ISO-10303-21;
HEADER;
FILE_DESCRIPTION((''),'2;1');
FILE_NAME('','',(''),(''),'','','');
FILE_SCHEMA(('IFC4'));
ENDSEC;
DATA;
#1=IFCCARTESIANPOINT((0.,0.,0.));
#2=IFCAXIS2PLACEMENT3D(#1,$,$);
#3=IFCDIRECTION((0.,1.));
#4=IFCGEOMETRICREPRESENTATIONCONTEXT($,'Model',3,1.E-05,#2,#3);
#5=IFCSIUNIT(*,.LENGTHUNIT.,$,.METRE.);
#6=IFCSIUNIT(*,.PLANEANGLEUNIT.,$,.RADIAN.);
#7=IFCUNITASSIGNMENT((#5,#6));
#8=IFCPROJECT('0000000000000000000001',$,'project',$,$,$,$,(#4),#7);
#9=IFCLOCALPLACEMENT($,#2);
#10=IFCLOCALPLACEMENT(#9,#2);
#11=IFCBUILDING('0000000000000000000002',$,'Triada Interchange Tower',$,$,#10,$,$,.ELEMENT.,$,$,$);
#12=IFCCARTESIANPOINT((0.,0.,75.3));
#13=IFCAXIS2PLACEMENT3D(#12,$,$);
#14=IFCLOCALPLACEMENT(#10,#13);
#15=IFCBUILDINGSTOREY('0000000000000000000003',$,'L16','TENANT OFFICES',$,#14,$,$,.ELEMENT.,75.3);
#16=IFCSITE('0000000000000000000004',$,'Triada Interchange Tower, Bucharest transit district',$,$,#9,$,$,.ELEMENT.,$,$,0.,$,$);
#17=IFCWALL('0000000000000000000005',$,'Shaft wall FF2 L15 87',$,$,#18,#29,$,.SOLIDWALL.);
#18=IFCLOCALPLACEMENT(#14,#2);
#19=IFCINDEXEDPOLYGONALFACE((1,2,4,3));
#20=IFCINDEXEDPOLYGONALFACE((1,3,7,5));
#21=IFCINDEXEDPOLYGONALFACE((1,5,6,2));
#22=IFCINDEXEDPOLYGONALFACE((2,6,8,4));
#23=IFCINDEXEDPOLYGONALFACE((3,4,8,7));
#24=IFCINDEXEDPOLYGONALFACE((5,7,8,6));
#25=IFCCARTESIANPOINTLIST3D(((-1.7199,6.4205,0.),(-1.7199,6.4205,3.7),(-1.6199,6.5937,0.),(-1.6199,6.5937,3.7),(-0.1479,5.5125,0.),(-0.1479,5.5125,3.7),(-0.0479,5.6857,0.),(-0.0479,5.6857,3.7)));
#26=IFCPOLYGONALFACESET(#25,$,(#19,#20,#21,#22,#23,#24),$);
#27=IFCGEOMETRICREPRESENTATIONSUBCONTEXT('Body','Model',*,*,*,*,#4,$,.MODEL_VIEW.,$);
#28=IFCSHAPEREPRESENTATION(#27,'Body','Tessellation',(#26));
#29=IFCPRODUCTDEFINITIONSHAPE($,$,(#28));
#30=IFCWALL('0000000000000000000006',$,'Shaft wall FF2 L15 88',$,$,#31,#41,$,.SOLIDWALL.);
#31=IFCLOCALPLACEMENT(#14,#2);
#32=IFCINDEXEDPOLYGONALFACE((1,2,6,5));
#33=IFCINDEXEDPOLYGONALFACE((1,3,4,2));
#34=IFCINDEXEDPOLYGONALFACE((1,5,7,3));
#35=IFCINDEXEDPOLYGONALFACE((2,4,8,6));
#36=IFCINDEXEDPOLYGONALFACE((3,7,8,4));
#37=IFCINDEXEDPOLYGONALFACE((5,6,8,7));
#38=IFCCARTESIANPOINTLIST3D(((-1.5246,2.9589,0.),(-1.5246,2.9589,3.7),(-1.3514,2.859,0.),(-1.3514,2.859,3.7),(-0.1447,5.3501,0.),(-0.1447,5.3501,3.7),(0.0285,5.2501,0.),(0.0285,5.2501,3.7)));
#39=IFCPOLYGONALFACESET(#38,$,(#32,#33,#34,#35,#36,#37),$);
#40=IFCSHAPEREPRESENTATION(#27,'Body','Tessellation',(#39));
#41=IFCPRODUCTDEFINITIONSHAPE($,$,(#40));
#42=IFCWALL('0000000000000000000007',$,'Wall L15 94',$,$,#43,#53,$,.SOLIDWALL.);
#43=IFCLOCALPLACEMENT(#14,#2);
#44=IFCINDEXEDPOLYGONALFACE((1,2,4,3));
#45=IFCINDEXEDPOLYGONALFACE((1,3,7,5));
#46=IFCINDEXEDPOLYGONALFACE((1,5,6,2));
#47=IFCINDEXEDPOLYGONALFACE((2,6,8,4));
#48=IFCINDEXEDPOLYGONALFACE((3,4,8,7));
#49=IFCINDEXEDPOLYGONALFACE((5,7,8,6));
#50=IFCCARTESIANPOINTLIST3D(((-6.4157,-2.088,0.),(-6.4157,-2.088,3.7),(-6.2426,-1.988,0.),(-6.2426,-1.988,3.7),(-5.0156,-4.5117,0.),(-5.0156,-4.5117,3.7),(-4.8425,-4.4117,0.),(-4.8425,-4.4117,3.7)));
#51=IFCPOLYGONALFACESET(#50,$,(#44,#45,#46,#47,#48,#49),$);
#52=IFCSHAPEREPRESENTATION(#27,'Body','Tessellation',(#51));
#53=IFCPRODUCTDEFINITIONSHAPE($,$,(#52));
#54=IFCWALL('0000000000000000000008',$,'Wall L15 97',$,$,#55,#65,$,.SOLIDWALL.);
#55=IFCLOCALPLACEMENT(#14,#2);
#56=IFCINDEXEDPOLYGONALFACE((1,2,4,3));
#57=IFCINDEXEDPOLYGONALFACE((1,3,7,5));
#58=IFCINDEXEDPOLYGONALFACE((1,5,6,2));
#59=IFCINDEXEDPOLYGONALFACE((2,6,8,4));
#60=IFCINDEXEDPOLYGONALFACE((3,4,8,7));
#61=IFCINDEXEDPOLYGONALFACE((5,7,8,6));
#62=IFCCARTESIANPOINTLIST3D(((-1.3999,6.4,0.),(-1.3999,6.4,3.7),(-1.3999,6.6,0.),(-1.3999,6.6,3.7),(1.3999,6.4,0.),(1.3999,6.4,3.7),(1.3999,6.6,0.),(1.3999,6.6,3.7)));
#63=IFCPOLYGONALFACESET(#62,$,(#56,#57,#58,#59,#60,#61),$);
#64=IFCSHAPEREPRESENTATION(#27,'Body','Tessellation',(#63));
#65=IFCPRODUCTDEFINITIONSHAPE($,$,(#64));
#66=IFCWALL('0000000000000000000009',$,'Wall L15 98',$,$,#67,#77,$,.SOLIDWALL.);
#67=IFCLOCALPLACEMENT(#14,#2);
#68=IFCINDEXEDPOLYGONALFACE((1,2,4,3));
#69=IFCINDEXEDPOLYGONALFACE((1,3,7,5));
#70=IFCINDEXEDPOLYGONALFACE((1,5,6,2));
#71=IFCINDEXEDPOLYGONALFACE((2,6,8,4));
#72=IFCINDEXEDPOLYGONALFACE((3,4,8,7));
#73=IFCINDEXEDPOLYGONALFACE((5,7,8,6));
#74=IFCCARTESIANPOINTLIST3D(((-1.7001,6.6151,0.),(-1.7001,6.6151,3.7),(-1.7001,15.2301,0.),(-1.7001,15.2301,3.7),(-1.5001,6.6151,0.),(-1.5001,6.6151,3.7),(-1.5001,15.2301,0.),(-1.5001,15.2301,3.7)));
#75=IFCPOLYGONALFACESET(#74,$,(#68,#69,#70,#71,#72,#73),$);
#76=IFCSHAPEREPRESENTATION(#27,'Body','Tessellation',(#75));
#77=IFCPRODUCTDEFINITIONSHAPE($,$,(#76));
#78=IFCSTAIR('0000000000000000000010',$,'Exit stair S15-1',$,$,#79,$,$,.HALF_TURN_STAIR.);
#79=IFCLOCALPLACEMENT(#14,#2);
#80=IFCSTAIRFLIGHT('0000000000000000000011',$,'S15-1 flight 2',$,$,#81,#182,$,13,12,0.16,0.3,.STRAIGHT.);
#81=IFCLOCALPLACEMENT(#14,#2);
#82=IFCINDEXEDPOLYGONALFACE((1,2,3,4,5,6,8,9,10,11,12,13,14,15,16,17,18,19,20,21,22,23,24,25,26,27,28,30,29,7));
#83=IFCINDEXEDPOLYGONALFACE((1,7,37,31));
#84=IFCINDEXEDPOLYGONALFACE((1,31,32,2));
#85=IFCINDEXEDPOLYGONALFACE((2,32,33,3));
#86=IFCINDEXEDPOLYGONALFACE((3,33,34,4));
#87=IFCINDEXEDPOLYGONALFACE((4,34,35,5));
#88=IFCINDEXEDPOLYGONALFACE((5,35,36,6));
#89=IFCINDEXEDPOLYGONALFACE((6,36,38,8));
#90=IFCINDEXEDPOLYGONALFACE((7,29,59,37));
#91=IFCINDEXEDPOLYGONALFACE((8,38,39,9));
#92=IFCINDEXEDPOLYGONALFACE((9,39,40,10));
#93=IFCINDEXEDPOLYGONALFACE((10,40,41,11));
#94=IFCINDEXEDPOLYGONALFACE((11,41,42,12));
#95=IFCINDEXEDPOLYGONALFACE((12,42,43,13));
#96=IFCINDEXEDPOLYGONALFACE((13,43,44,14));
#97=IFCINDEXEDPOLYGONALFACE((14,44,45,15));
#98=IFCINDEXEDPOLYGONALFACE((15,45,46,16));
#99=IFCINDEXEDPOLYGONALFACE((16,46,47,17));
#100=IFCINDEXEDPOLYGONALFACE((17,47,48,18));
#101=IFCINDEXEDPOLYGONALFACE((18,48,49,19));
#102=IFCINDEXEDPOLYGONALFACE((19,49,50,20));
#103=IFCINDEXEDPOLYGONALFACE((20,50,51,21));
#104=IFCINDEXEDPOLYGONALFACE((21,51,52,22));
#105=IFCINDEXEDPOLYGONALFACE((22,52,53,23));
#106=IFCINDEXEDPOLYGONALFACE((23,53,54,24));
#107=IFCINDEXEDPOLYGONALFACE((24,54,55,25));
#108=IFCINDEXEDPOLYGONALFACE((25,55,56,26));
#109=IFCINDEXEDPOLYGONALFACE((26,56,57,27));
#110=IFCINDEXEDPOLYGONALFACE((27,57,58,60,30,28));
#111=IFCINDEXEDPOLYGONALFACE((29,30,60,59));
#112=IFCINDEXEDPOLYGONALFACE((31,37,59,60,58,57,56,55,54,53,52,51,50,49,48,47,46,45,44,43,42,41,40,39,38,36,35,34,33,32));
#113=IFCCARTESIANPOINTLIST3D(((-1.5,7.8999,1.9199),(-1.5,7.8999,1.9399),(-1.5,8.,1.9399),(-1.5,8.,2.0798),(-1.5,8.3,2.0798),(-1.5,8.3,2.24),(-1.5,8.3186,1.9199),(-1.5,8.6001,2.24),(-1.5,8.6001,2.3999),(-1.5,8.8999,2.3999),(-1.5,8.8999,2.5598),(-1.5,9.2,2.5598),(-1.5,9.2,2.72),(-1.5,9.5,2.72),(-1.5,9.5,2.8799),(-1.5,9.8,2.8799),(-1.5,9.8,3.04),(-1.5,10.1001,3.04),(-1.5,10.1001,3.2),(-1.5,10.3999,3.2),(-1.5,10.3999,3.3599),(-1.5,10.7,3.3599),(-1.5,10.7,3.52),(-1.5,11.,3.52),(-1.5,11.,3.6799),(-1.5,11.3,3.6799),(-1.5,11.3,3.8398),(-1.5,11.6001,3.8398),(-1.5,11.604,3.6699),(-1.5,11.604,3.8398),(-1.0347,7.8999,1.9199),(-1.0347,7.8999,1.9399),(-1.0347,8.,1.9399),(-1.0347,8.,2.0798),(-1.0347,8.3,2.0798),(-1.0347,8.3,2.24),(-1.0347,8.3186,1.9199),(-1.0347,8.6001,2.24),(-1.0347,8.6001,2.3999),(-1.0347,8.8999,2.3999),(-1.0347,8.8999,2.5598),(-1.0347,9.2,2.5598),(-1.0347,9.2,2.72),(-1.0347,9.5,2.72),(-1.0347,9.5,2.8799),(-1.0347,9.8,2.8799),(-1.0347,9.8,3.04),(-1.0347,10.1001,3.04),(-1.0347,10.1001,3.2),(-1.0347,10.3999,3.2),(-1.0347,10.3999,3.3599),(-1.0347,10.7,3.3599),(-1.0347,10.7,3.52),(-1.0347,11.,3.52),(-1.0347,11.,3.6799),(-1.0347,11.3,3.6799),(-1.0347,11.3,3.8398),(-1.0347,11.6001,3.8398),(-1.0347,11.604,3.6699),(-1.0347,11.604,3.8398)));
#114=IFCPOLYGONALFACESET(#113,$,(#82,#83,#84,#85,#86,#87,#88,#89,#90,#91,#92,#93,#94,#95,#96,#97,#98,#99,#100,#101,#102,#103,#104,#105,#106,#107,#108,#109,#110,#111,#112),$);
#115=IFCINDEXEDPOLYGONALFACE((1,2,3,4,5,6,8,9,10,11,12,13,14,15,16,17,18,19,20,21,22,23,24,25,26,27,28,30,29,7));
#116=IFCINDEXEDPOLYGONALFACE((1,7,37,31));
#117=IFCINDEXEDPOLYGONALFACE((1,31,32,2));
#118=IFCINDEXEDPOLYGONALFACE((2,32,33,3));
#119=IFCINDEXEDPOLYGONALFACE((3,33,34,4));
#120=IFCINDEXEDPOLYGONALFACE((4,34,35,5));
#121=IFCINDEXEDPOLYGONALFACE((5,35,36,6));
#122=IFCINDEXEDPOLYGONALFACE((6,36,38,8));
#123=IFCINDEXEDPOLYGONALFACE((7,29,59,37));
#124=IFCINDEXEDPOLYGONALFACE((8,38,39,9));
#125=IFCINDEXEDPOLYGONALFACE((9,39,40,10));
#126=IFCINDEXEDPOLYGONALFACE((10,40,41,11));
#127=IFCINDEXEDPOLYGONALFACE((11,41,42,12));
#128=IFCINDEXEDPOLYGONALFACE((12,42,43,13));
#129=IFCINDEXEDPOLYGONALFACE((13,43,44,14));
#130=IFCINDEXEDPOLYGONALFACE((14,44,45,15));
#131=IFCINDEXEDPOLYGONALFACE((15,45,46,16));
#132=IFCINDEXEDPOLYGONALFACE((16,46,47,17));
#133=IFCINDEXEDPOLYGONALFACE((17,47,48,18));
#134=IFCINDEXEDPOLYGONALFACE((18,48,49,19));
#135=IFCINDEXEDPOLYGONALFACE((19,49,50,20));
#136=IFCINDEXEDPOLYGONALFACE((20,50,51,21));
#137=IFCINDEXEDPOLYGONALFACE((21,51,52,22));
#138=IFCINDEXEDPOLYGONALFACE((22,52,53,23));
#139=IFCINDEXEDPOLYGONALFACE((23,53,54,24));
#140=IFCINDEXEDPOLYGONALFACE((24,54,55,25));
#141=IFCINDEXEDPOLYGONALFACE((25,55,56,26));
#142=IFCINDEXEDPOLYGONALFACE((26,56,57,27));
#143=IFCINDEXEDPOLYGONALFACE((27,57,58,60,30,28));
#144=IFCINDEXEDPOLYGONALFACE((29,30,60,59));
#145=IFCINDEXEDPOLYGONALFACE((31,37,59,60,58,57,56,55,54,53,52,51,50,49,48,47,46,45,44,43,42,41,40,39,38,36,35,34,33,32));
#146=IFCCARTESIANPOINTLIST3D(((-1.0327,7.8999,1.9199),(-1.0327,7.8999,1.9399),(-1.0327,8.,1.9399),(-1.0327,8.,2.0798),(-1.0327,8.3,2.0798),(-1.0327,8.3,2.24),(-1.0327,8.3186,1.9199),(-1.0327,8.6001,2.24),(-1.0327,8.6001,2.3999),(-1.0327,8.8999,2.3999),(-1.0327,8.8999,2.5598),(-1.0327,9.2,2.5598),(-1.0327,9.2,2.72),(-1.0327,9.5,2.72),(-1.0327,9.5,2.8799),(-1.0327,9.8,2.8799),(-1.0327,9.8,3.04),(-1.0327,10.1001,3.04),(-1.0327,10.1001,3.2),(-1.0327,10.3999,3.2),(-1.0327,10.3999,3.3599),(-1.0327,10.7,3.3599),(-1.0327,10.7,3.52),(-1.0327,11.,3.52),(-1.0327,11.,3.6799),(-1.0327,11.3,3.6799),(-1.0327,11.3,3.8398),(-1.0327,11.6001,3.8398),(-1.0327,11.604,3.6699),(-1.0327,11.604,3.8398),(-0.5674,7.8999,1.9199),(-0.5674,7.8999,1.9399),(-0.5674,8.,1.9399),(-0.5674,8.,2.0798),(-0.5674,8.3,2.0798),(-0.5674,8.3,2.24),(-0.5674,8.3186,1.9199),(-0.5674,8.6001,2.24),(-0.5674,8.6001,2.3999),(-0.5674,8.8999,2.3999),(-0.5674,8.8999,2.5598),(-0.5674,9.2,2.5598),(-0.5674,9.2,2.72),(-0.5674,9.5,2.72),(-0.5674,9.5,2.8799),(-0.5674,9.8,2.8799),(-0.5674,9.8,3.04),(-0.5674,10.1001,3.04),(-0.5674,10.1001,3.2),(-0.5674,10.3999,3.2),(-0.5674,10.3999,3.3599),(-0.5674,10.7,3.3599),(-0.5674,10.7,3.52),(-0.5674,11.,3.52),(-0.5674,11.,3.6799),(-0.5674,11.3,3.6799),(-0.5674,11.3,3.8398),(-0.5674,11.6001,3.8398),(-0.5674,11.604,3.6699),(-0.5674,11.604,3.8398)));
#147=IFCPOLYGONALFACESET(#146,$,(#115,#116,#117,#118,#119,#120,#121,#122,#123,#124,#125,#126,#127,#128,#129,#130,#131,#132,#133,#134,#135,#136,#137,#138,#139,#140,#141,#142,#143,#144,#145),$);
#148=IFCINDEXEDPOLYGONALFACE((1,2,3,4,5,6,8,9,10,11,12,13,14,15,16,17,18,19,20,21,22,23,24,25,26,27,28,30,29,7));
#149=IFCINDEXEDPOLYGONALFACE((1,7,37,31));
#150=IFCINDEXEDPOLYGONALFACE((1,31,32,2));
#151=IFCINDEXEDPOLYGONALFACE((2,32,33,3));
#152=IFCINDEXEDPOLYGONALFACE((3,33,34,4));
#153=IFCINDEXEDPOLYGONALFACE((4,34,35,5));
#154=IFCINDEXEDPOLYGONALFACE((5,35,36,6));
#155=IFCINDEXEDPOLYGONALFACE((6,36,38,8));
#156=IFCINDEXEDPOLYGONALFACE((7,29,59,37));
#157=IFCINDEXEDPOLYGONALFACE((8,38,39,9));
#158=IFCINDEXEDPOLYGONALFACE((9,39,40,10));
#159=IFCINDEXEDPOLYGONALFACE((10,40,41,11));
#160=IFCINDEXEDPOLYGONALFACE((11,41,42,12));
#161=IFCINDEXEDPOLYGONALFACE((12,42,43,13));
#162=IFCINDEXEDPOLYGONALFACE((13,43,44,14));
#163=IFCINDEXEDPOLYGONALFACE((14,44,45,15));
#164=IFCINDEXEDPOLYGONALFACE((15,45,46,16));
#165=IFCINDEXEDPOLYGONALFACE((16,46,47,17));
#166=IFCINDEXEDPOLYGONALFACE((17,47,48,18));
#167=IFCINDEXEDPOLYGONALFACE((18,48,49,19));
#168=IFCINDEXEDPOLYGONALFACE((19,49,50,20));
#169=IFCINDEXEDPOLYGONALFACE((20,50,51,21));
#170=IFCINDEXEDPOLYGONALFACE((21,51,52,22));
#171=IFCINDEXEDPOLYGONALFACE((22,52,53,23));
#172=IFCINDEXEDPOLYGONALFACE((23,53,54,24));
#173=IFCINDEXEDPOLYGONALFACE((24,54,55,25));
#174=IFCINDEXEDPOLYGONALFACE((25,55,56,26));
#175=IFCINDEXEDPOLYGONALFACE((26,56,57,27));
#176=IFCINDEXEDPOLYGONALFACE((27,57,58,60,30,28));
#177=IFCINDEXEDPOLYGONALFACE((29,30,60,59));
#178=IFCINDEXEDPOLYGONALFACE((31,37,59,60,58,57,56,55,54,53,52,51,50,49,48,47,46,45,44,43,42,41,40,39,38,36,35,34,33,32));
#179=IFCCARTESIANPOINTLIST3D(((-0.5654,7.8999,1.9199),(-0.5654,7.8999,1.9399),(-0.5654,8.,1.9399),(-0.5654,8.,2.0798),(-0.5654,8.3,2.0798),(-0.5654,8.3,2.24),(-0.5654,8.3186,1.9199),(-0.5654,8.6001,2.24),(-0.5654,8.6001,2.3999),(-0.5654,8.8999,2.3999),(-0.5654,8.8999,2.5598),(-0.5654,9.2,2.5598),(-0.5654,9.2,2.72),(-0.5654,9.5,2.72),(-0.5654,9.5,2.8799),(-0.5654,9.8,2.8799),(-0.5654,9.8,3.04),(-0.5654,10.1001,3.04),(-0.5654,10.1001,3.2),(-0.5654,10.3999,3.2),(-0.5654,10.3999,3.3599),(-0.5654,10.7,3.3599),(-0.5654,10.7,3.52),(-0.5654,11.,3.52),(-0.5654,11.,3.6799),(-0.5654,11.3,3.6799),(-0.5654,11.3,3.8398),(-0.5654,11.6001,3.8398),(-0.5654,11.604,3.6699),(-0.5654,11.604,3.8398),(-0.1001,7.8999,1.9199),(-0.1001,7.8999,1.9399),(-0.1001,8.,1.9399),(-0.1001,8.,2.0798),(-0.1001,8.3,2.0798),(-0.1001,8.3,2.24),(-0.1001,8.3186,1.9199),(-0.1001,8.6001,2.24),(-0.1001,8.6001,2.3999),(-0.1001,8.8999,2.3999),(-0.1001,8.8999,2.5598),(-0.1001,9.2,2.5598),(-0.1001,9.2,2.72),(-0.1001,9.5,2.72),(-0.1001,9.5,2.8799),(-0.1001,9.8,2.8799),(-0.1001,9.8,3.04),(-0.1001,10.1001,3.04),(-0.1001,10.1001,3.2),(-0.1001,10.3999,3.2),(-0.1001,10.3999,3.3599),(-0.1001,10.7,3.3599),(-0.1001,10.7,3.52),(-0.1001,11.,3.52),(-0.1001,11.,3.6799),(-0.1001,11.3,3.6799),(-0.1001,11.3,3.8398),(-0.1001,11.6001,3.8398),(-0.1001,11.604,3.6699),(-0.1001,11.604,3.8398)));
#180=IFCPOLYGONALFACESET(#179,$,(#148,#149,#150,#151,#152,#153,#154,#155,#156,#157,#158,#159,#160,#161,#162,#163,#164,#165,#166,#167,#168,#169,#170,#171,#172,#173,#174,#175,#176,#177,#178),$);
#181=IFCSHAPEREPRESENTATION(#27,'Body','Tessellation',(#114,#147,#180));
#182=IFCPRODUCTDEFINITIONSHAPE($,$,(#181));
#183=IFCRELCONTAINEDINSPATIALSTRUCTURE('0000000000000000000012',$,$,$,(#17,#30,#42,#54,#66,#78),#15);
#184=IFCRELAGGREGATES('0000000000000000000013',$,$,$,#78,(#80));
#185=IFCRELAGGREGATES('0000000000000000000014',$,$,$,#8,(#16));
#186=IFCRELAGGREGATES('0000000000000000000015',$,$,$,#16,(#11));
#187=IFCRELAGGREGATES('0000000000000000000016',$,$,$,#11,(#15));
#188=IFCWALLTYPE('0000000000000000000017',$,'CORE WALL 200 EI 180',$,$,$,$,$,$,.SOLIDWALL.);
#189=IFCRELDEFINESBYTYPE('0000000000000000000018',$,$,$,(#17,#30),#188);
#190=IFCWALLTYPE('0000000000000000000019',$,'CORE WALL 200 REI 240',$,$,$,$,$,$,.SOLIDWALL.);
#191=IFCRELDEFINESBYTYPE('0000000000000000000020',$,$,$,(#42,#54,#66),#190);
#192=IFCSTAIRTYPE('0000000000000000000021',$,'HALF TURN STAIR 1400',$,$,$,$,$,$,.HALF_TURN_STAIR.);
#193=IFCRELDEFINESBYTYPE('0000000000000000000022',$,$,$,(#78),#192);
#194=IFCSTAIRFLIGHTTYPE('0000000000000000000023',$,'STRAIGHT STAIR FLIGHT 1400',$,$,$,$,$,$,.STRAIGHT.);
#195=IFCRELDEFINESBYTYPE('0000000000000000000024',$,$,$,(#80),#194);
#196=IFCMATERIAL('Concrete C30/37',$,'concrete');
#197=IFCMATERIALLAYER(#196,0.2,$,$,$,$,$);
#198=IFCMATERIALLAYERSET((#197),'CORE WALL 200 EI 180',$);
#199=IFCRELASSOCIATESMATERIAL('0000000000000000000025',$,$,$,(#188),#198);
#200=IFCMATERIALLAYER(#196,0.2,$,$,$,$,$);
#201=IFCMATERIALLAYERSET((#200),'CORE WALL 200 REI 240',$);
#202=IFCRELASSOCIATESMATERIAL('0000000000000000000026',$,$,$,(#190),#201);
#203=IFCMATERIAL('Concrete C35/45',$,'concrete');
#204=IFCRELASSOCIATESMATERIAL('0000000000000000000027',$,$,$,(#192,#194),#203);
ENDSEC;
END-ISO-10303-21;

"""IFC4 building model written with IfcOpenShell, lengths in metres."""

from ifc_helpers import new_model, si_unit, direction, frame, frame_2d, origin, place, context, subcontext, project, spatial, polyline, rectangle, outline, extrude, material, layer, layer_set, type_object, element, aggregate, save


model = new_model("IFC4")

# Units and contexts
model_context = context("Model", 3, precision=1e-05, world=origin(), true_north=direction((0.0, 1.0)))
body_context = subcontext(model_context, "Body", "Model", "MODEL_VIEW")
ifc_project = project(units=[si_unit("LENGTHUNIT", "METRE"), si_unit("PLANEANGLEUNIT", "RADIAN")], contexts=[model_context])

# Site, building, storey
site_placement = place(None, origin())
site = spatial("IfcSite", under=ifc_project, at=site_placement, Name="Triada Interchange Tower, Bucharest transit district", CompositionType="ELEMENT", RefElevation=0.0)
building_placement = place(site_placement, origin())
building = spatial("IfcBuilding", under=site, at=building_placement, Name="Triada Interchange Tower", CompositionType="ELEMENT")
storey_placement = place(building_placement, frame((0.0, 0.0, 75.3)))
storey = spatial("IfcBuildingStorey", under=building, at=storey_placement, Name="L16", Description="TENANT OFFICES", CompositionType="ELEMENT", Elevation=75.3)

# Shared definitions
ifc_material_1 = material(Name="Concrete C30/37", Category="concrete")
ifc_layer_1 = layer(ifc_material_1, 0.2)
ifc_layer_set_1 = layer_set([ifc_layer_1], Name="CORE WALL 200 EI 180")
wall_type_1 = type_object("IfcWallType", Name="CORE WALL 200 EI 180", PredefinedType="SOLIDWALL", material=ifc_layer_set_1)

# Walls
wall_1_placement = place(storey_placement, frame((-1.6699, 6.5071, 0.0), z_axis=(0.0, 0.0, 1.0), x_axis=(0.865941, -0.500145, 0.0)))
element("IfcWall", 1, at=wall_1_placement, inside=storey, type_object=wall_type_1, Name="Shaft wall FF2 L15 87", PredefinedType="SOLIDWALL", context=body_context, shape_type="SweptSolid", body=[
    extrude(rectangle(XDim=1.8154, YDim=0.2, at=frame_2d((0.9077, 0.0))), origin(), (0.0, 0.0, 1.0), 3.7),
])
wall_2_placement = place(storey_placement, frame((-1.438, 2.9089, 0.0), z_axis=(0.0, 0.0, 1.0), x_axis=(0.49983, 0.866124, 0.0)))
element("IfcWall", 2, at=wall_2_placement, inside=storey, type_object=wall_type_1, Name="Shaft wall FF2 L15 88", PredefinedType="SOLIDWALL", context=body_context, shape_type="SweptSolid", body=[
    extrude(rectangle(XDim=2.7607, YDim=0.2, at=frame_2d((1.3804, 0.0))), origin(), (0.0, 0.0, 1.0), 3.7),
])
ifc_layer_2 = layer(ifc_material_1, 0.2)
ifc_layer_set_2 = layer_set([ifc_layer_2], Name="CORE WALL 200 REI 240")
wall_type_2 = type_object("IfcWallType", Name="CORE WALL 200 REI 240", PredefinedType="SOLIDWALL", material=ifc_layer_set_2)
wall_3_placement = place(storey_placement, frame((-6.3291, -2.0381, 0.0), z_axis=(0.0, 0.0, 1.0), x_axis=(0.500201, -0.86591, 0.0)))
element("IfcWall", 3, at=wall_3_placement, inside=storey, type_object=wall_type_2, Name="Wall L15 94", PredefinedType="SOLIDWALL", context=body_context, shape_type="SweptSolid", body=[
    extrude(rectangle(XDim=2.7991, YDim=0.2, at=frame_2d((1.3994, 0.0))), origin(), (0.0, 0.0, 1.0), 3.7),
])
wall_4_placement = place(storey_placement, frame((-1.3999, 6.5, 0.0), z_axis=(0.0, 0.0, 1.0), x_axis=(1.0, 0.0, 0.0)))
element("IfcWall", 4, at=wall_4_placement, inside=storey, type_object=wall_type_2, Name="Wall L15 97", PredefinedType="SOLIDWALL", context=body_context, shape_type="SweptSolid", body=[
    extrude(rectangle(XDim=2.7998, YDim=0.2, at=frame_2d((1.3999, 0.0))), origin(), (0.0, 0.0, 1.0), 3.7),
])
wall_5_placement = place(storey_placement, frame((-1.6001, 6.615, 0.0), z_axis=(0.0, 0.0, 1.0), x_axis=(0.0, 1.0, 0.0)))
element("IfcWall", 5, at=wall_5_placement, inside=storey, type_object=wall_type_2, Name="Wall L15 98", PredefinedType="SOLIDWALL", context=body_context, shape_type="SweptSolid", body=[
    extrude(rectangle(XDim=8.615, YDim=0.2, at=frame_2d((4.3076, 0.0))), origin(), (0.0, 0.0, 1.0), 3.7),
])

# Stair, stair flight
ifc_material_2 = material(Name="Concrete C35/45", Category="concrete")
stair_type = type_object("IfcStairType", Name="HALF TURN STAIR 1400", PredefinedType="HALF_TURN_STAIR", material=ifc_material_2)
stair_placement = place(storey_placement, origin())
stair = element("IfcStair", 6, at=stair_placement, inside=storey, type_object=stair_type, Name="Exit stair S15-1", PredefinedType="HALF_TURN_STAIR")
stair_flight_type = type_object("IfcStairFlightType", Name="STRAIGHT STAIR FLIGHT 1400", PredefinedType="STRAIGHT", material=ifc_material_2)
stair_flight_placement = place(storey_placement, frame((-0.8, 8.0, 1.9199), z_axis=(0.0, 0.0, 1.0), x_axis=(0.0, 1.0, 0.0)))
stair_flight = element("IfcStairFlight", 7, at=stair_flight_placement, type_object=stair_flight_type, Name="S15-1 flight 2", NumberOfRisers=13, NumberOfTreads=12, PredefinedType="STRAIGHT", RiserHeight=0.16, TreadLength=0.3, context=body_context, shape_type="SweptSolid", body=[
    extrude(outline(polyline([(-0.1001, 0.0), (-0.1001, 0.02), (0.0, 0.02), (0.0, 0.1599), (0.3, 0.1599), (0.3, 0.3201), (0.6001, 0.3201), (0.6001, 0.48), (0.8999, 0.48), (0.8999, 0.6399), (1.2, 0.6399), (1.2, 0.8), (1.5, 0.8), (1.5, 0.96), (1.8, 0.96), (1.8, 1.1201), (2.1001, 1.1201), (2.1001, 1.28), (2.3999, 1.28), (2.3999, 1.4399), (2.7, 1.4399), (2.7, 1.6001), (3.0, 1.6001), (3.0, 1.76), (3.3, 1.76), (3.3, 1.9199), (3.6001, 1.9199), (3.604, 1.9199), (3.604, 2.0801), (3.604, 1.75), (0.3186, 0.0), (-0.1001, 0.0)])), frame((0.0, 0.7, 0.0), z_axis=(0.0, -1.0, 0.0), x_axis=(1.0, 0.0, 0.0)), (0.0, 0.0, 1.0), 0.4653),
    extrude(outline(polyline([(-0.1001, 0.0), (-0.1001, 0.02), (0.0, 0.02), (0.0, 0.1599), (0.3, 0.1599), (0.3, 0.3201), (0.6001, 0.3201), (0.6001, 0.48), (0.8999, 0.48), (0.8999, 0.6399), (1.2, 0.6399), (1.2, 0.8), (1.5, 0.8), (1.5, 0.96), (1.8, 0.96), (1.8, 1.1201), (2.1001, 1.1201), (2.1001, 1.28), (2.3999, 1.28), (2.3999, 1.4399), (2.7, 1.4399), (2.7, 1.6001), (3.0, 1.6001), (3.0, 1.76), (3.3, 1.76), (3.3, 1.9199), (3.6001, 1.9199), (3.604, 1.9199), (3.604, 2.0801), (3.604, 1.75), (0.3186, 0.0), (-0.1001, 0.0)])), frame((0.0, 0.2327, 0.0), z_axis=(0.0, -1.0, 0.0), x_axis=(1.0, 0.0, 0.0)), (0.0, 0.0, 1.0), 0.4653),
    extrude(outline(polyline([(-0.1001, 0.0), (-0.1001, 0.02), (0.0, 0.02), (0.0, 0.1599), (0.3, 0.1599), (0.3, 0.3201), (0.6001, 0.3201), (0.6001, 0.48), (0.8999, 0.48), (0.8999, 0.6399), (1.2, 0.6399), (1.2, 0.8), (1.5, 0.8), (1.5, 0.96), (1.8, 0.96), (1.8, 1.1201), (2.1001, 1.1201), (2.1001, 1.28), (2.3999, 1.28), (2.3999, 1.4399), (2.7, 1.4399), (2.7, 1.6001), (3.0, 1.6001), (3.0, 1.76), (3.3, 1.76), (3.3, 1.9199), (3.6001, 1.9199), (3.604, 1.9199), (3.604, 2.0801), (3.604, 1.75), (0.3186, 0.0), (-0.1001, 0.0)])), frame((0.0, -0.2346, 0.0), z_axis=(0.0, -1.0, 0.0), x_axis=(1.0, 0.0, 0.0)), (0.0, 0.0, 1.0), 0.4653),
])
aggregate(stair, [stair_flight])

save(model, "model.ifc")
